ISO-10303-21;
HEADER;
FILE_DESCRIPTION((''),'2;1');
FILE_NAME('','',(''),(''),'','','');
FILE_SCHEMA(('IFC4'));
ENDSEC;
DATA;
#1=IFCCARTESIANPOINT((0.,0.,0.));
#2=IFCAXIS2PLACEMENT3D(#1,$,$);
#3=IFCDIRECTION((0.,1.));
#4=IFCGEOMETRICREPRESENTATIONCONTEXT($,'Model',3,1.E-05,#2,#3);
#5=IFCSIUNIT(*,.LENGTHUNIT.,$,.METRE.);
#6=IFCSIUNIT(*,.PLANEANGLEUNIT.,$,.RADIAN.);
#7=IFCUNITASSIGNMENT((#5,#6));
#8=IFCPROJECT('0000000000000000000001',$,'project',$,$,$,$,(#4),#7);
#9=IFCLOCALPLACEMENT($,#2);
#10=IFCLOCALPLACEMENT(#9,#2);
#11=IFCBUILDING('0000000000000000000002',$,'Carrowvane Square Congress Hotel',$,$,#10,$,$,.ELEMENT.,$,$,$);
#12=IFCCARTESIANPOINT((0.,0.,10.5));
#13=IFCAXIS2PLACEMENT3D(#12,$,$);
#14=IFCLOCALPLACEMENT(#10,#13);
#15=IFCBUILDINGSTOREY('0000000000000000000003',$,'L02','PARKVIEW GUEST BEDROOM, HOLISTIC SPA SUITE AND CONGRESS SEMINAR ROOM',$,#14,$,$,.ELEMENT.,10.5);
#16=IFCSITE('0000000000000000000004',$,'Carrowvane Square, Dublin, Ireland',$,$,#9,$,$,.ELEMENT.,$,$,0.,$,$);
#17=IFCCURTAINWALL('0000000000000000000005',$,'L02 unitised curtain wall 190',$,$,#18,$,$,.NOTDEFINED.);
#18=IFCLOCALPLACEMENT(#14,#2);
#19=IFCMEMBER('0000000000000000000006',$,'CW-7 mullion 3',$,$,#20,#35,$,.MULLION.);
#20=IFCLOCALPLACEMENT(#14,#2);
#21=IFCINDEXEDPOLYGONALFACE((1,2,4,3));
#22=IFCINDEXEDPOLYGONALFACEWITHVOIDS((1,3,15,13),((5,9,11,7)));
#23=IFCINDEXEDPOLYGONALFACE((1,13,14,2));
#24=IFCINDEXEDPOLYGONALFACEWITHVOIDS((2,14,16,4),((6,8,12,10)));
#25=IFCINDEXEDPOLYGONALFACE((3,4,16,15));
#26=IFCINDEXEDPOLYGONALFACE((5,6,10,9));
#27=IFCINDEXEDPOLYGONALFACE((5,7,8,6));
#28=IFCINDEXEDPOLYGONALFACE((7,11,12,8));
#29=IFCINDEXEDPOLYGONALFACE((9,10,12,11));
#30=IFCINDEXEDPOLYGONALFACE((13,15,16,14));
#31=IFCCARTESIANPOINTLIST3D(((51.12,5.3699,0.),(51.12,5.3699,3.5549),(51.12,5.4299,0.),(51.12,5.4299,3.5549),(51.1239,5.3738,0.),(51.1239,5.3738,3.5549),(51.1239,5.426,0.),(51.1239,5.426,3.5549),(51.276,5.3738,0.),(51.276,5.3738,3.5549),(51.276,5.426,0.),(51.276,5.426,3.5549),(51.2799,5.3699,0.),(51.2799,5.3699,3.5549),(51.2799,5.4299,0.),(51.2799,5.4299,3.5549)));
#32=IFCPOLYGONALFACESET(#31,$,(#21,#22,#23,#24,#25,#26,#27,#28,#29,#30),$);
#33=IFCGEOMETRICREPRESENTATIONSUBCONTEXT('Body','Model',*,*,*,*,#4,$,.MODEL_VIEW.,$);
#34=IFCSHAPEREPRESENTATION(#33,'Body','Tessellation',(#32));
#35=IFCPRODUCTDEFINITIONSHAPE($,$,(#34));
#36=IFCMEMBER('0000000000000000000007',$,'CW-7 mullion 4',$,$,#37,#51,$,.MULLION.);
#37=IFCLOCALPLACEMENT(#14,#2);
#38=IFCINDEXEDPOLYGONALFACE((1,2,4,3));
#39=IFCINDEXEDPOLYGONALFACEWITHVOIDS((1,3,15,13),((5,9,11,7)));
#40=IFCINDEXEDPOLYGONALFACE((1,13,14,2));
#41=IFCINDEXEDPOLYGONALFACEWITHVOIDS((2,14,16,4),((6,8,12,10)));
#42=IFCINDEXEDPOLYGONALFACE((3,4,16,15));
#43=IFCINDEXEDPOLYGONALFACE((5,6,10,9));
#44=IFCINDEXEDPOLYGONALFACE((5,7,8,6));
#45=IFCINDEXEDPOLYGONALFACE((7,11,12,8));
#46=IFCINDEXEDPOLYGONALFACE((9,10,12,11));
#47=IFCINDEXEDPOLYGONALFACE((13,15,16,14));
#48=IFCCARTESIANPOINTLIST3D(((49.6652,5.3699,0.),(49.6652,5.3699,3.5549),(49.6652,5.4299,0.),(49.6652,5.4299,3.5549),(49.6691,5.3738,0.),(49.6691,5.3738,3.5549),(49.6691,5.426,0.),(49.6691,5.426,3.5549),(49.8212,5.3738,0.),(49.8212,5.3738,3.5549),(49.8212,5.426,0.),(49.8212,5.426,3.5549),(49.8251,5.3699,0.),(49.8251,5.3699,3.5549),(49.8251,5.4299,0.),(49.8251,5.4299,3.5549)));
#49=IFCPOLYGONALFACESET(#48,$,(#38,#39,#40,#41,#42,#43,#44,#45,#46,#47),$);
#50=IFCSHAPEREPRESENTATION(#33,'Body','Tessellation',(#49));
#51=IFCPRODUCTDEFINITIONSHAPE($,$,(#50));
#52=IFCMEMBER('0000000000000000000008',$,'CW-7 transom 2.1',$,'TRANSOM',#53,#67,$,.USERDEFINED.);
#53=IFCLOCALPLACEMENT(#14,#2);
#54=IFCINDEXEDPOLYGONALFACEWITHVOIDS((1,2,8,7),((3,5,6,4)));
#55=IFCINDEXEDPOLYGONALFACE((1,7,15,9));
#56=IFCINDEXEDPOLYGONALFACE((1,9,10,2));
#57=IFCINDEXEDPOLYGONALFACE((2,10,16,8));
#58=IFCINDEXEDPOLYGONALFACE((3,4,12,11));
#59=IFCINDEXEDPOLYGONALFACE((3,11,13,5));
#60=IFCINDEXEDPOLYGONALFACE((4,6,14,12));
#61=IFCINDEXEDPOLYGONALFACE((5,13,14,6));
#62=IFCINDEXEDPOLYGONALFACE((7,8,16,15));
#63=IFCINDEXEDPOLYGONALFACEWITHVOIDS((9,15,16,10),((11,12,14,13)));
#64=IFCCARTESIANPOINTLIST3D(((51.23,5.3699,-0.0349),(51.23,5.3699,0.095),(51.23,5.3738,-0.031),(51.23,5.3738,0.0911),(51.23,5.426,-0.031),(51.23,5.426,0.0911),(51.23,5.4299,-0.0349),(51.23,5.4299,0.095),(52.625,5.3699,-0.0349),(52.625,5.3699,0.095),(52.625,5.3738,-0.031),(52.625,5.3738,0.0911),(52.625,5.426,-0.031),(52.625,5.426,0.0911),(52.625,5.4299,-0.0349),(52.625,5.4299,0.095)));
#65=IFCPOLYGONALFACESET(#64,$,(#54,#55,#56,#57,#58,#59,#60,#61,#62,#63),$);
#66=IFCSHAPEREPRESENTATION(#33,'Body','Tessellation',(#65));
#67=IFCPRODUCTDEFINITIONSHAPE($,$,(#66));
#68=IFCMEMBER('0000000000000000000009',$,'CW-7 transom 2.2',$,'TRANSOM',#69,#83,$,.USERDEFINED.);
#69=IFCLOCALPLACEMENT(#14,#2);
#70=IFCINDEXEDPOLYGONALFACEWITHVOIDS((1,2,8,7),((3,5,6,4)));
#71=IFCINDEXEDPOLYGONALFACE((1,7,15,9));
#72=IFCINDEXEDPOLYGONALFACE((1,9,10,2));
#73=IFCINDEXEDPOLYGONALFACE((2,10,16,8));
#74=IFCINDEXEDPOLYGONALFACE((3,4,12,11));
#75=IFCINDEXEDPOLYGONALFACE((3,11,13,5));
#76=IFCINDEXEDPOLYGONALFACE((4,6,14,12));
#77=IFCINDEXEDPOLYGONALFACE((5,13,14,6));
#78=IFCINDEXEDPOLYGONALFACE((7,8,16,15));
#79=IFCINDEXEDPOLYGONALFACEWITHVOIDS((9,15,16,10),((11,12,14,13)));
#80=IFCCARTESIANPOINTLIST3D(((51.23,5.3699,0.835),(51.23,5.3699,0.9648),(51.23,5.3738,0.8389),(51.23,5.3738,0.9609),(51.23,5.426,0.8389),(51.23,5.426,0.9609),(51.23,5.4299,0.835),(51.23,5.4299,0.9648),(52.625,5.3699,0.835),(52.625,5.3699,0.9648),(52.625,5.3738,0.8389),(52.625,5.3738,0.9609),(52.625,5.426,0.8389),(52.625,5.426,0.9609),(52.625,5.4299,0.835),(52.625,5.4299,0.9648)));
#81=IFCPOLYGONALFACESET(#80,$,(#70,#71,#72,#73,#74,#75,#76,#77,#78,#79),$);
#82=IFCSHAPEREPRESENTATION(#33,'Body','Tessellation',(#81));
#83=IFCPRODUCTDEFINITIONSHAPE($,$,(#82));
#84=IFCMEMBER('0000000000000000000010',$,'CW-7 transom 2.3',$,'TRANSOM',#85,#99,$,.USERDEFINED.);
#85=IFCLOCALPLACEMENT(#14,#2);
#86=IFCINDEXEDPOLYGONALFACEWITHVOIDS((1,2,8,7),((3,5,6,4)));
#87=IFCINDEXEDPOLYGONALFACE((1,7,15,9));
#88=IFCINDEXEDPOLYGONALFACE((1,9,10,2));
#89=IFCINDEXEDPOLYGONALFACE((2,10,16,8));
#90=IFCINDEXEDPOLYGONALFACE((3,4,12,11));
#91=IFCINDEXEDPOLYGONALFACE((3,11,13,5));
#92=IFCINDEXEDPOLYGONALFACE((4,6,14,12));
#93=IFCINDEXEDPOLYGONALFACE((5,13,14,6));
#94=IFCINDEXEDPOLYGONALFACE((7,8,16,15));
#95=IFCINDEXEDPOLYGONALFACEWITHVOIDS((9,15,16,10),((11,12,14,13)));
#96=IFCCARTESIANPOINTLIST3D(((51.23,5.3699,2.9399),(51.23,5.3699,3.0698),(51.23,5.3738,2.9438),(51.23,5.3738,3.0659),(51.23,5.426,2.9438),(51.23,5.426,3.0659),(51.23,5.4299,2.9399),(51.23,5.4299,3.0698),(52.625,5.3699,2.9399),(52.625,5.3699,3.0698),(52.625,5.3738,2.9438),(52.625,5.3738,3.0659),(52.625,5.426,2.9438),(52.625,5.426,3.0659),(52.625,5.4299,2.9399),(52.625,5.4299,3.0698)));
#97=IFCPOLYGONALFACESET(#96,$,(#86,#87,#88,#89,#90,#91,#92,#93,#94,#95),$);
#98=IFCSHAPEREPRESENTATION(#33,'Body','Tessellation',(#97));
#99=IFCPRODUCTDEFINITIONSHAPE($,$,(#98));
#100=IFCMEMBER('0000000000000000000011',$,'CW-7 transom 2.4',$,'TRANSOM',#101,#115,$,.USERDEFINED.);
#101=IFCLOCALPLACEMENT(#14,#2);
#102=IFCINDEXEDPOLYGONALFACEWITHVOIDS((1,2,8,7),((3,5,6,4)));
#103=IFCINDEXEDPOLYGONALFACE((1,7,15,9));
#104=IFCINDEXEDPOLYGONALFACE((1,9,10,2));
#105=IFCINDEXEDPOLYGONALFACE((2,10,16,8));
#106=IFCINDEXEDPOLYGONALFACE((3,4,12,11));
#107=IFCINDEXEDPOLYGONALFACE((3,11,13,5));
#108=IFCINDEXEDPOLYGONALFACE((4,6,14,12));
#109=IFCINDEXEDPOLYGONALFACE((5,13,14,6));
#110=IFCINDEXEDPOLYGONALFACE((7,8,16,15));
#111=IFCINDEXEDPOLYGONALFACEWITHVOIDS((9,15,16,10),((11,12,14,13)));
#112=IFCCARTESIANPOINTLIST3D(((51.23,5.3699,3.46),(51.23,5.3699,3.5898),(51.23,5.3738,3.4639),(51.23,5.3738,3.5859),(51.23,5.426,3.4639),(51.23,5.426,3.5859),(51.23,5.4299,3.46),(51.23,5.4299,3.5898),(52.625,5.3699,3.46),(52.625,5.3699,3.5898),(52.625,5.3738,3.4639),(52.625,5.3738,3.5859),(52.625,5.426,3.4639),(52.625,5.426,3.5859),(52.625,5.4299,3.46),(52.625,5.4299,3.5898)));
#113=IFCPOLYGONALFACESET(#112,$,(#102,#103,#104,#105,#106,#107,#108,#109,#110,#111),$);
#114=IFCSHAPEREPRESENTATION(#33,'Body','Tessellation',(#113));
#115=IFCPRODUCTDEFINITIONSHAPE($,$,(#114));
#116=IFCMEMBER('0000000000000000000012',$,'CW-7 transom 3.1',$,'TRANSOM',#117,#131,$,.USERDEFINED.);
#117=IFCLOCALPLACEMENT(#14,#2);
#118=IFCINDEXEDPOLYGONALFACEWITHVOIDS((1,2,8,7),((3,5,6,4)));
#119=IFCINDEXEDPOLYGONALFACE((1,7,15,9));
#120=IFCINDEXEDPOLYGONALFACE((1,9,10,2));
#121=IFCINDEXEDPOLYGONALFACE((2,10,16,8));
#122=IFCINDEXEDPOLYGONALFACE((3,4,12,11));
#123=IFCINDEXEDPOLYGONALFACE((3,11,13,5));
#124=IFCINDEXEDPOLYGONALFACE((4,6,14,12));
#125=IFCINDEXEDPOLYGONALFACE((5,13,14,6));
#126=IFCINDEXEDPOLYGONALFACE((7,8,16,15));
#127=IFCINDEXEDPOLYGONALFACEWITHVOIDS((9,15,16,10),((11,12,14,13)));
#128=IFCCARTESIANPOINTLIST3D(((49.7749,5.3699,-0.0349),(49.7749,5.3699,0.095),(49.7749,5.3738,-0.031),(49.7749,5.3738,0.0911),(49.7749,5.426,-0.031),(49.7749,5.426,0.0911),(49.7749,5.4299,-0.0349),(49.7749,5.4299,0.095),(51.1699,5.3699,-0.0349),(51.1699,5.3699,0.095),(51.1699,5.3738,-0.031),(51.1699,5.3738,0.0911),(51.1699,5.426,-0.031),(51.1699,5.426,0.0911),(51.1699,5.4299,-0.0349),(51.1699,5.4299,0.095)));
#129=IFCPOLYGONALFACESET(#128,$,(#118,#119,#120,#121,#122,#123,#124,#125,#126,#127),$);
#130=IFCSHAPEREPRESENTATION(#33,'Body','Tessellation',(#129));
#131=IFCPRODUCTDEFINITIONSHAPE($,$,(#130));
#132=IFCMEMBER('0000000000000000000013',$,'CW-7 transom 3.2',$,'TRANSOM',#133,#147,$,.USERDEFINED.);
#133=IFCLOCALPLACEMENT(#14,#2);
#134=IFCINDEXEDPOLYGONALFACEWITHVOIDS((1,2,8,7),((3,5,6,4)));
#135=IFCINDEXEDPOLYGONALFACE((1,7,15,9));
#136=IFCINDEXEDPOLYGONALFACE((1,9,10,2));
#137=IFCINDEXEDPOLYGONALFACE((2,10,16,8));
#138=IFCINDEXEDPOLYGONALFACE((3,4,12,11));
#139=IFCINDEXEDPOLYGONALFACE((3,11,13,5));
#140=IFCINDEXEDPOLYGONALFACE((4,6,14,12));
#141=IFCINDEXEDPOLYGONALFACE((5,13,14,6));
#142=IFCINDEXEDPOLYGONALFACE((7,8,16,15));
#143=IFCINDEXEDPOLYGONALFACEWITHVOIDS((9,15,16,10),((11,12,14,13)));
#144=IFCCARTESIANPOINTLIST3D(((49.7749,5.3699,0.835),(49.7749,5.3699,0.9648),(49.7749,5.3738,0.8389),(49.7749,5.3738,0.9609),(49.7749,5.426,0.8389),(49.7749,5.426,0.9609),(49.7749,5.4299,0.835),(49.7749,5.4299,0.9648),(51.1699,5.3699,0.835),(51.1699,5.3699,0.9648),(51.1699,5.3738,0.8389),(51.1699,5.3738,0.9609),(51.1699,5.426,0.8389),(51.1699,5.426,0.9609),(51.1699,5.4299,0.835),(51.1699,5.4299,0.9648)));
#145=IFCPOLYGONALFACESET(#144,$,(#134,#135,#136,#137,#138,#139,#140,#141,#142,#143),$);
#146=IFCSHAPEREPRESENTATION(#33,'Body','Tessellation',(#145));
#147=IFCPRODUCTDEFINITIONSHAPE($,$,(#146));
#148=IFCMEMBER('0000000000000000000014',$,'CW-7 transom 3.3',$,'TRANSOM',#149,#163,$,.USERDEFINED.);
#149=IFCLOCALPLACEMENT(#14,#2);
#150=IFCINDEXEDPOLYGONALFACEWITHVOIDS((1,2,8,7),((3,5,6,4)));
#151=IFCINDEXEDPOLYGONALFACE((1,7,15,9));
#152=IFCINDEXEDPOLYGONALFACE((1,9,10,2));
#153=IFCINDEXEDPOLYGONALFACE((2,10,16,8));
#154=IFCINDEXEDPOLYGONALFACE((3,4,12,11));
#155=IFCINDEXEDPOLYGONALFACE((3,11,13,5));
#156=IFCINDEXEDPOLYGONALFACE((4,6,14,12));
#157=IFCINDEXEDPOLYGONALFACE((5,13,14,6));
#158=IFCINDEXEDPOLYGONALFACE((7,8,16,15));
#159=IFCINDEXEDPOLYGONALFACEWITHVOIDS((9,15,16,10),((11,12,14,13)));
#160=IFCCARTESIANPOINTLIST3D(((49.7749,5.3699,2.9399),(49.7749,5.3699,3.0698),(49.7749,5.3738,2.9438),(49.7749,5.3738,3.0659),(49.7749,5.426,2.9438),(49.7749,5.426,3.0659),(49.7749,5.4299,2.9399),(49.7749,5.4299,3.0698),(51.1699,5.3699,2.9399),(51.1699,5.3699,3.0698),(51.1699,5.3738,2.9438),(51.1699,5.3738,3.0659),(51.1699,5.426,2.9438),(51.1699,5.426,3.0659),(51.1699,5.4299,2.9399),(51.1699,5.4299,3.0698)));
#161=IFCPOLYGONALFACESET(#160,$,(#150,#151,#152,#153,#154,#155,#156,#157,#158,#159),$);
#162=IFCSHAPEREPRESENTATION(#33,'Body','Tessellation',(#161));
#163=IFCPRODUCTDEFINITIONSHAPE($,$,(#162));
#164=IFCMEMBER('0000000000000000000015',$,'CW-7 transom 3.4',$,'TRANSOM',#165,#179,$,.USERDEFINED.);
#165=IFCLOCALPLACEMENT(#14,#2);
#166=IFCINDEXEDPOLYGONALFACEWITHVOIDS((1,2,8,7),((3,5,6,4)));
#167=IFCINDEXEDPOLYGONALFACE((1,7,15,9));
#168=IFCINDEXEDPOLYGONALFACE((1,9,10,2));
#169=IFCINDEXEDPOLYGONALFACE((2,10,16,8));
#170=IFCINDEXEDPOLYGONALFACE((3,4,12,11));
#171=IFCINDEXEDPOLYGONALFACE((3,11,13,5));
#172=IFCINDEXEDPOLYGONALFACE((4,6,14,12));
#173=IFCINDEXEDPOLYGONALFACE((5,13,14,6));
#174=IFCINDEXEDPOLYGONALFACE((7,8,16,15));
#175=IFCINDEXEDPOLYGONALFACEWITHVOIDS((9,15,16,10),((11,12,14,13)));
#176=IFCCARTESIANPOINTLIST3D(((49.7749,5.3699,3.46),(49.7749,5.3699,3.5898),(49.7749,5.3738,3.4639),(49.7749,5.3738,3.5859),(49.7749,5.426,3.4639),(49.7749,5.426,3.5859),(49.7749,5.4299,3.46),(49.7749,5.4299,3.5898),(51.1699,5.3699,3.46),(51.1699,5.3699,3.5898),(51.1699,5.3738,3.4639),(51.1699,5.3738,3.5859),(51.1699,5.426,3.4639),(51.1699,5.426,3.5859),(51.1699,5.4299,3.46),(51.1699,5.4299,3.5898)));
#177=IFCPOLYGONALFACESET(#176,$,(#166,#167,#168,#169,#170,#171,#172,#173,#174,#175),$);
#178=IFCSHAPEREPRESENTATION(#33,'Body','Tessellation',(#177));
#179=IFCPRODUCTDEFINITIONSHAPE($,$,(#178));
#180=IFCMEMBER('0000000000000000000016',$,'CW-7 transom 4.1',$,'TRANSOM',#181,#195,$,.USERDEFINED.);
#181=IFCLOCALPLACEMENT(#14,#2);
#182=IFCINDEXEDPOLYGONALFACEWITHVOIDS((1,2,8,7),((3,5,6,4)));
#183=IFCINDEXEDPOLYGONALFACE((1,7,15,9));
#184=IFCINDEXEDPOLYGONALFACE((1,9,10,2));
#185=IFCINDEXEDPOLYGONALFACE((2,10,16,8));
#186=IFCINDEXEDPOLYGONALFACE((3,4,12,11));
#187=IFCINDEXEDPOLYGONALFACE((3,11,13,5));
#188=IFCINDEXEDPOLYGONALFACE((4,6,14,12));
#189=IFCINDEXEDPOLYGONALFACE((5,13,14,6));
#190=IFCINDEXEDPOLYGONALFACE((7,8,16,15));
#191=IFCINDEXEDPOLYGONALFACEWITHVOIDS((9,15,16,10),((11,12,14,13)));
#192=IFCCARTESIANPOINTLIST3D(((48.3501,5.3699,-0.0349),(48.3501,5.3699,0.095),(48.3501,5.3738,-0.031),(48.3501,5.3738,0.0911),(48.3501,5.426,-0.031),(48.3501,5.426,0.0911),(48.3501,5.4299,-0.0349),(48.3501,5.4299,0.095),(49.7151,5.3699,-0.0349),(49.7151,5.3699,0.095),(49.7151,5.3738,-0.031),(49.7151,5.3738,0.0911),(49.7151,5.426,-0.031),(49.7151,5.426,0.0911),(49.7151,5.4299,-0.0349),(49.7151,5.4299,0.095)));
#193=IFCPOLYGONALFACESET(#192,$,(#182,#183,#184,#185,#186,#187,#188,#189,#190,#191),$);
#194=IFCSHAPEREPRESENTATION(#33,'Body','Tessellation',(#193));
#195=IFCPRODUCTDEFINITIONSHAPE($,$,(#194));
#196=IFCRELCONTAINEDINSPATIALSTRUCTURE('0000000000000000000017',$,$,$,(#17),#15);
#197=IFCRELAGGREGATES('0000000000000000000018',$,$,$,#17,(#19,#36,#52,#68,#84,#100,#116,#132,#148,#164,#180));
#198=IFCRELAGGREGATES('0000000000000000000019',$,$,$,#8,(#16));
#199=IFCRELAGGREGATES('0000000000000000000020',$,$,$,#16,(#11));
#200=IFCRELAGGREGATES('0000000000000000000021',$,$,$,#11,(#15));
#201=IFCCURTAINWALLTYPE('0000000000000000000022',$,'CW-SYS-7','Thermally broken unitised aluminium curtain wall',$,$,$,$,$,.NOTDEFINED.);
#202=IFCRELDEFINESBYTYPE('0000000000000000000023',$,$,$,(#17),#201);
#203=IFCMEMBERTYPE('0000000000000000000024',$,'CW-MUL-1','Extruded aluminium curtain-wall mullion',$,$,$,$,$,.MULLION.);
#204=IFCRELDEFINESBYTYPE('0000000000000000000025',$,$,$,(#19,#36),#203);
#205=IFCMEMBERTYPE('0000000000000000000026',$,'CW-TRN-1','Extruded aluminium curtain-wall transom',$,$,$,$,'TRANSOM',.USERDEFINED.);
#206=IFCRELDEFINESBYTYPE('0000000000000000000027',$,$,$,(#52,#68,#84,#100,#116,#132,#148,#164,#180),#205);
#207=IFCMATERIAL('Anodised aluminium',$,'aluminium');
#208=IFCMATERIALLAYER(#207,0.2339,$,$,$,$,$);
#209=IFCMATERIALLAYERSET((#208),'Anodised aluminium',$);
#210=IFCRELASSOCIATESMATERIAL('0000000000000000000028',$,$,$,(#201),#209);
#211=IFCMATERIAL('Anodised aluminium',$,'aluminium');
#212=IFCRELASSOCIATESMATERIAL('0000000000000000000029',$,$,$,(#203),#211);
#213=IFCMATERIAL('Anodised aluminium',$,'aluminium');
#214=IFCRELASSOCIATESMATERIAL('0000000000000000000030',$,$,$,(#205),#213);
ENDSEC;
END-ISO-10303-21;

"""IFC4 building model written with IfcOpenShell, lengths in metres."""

from ifc_helpers import new_model, si_unit, direction, frame, origin, origin_2d, place, context, subcontext, project, spatial, hollow_rectangle, extrude, material, layer, layer_set, material_profile, profile_set, type_object, element, aggregate, save


model = new_model("IFC4")

# Units and contexts
model_context = context("Model", 3, precision=1e-05, world=origin(), true_north=direction((0.0, 1.0)))
body_context = subcontext(model_context, "Body", "Model", "MODEL_VIEW")
ifc_project = project(units=[si_unit("LENGTHUNIT", "METRE"), si_unit("PLANEANGLEUNIT", "RADIAN")], contexts=[model_context])

# Site, building, storey
site_placement = place(None, origin())
site = spatial("IfcSite", under=ifc_project, at=site_placement, Name="Carrowvane Square, Dublin, Ireland", CompositionType="ELEMENT", RefElevation=0.0)
building_placement = place(site_placement, origin())
building = spatial("IfcBuilding", under=site, at=building_placement, Name="Carrowvane Square Congress Hotel", CompositionType="ELEMENT")
storey_placement = place(building_placement, frame((0.0, 0.0, 10.5)))
storey = spatial("IfcBuildingStorey", under=building, at=storey_placement, Name="L02", Description="PARKVIEW GUEST BEDROOM, HOLISTIC SPA SUITE AND CONGRESS SEMINAR ROOM", CompositionType="ELEMENT", Elevation=10.5)

# Curtain wall, members
ifc_material_1 = material(Name="Anodised aluminium", Category="aluminium")
ifc_layer_1 = layer(ifc_material_1, 0.2339)
ifc_layer_set_1 = layer_set([ifc_layer_1], Name="Anodised aluminium")
curtain_wall_type = type_object("IfcCurtainWallType", Name="CW-SYS-7", Description="Thermally broken unitised aluminium curtain wall", PredefinedType="NOTDEFINED", material=ifc_layer_set_1)
curtain_wall_placement = place(storey_placement, origin())
curtain_wall = element("IfcCurtainWall", 1, at=curtain_wall_placement, inside=storey, type_object=curtain_wall_type, Name="L02 unitised curtain wall 190", PredefinedType="NOTDEFINED")
ifc_material_2 = material(Name="Anodised aluminium", Category="aluminium")
ifc_material_profile_1 = material_profile(ifc_material_2, hollow_rectangle(XDim=0.0601, YDim=0.1599, WallThickness=0.0039, at=origin_2d()), Name="CW-ML 60x160x4")
ifc_profile_set_1 = profile_set([ifc_material_profile_1], Name="Anodised aluminium")
member_type_1 = type_object("IfcMemberType", Name="CW-MUL-1", Description="Extruded aluminium curtain-wall mullion", PredefinedType="MULLION", material=ifc_profile_set_1)
member_1_placement = place(storey_placement, frame((51.2, 5.3999, 0.0), z_axis=(0.0, 0.0, 1.0), x_axis=(0.0, -1.0, 0.0)))
member_1 = element("IfcMember", 2, at=member_1_placement, type_object=member_type_1, Name="CW-7 mullion 3", PredefinedType="MULLION", context=body_context, shape_type="SweptSolid", body=[
    extrude(hollow_rectangle(XDim=0.0601, YDim=0.1599, WallThickness=0.0039, at=origin_2d()), origin(), (0.0, 0.0, 1.0), 3.5549),
])
member_2_placement = place(storey_placement, frame((49.7451, 5.3999, 0.0), z_axis=(0.0, 0.0, 1.0), x_axis=(0.0, -1.0, 0.0)))
member_2 = element("IfcMember", 3, at=member_2_placement, type_object=member_type_1, Name="CW-7 mullion 4", PredefinedType="MULLION", context=body_context, shape_type="SweptSolid", body=[
    extrude(hollow_rectangle(XDim=0.0601, YDim=0.1599, WallThickness=0.0039, at=origin_2d()), origin(), (0.0, 0.0, 1.0), 3.5549),
])
ifc_material_3 = material(Name="Anodised aluminium", Category="aluminium")
ifc_material_profile_2 = material_profile(ifc_material_3, hollow_rectangle(XDim=0.0601, YDim=0.1299, WallThickness=0.0039, at=origin_2d()), Name="CW-TR 60x130x4")
ifc_profile_set_2 = profile_set([ifc_material_profile_2], Name="Anodised aluminium")
member_type_2 = type_object("IfcMemberType", Name="CW-TRN-1", Description="Extruded aluminium curtain-wall transom", ElementType="TRANSOM", PredefinedType="USERDEFINED", material=ifc_profile_set_2)
member_3_placement = place(storey_placement, frame((52.625, 5.3999, 0.03), z_axis=(-1.0, 0.0, 0.0), x_axis=(0.0, -1.0, 0.0)))
member_3 = element("IfcMember", 4, at=member_3_placement, type_object=member_type_2, Name="CW-7 transom 2.1", ObjectType="TRANSOM", PredefinedType="USERDEFINED", context=body_context, shape_type="SweptSolid", body=[
    extrude(hollow_rectangle(XDim=0.0601, YDim=0.1299, WallThickness=0.0039, at=origin_2d()), origin(), (0.0, 0.0, 1.0), 1.395),
])
member_4_placement = place(storey_placement, frame((52.625, 5.3999, 0.8999), z_axis=(-1.0, 0.0, 0.0), x_axis=(0.0, -1.0, 0.0)))
member_4 = element("IfcMember", 5, at=member_4_placement, type_object=member_type_2, Name="CW-7 transom 2.2", ObjectType="TRANSOM", PredefinedType="USERDEFINED", context=body_context, shape_type="SweptSolid", body=[
    extrude(hollow_rectangle(XDim=0.0601, YDim=0.1299, WallThickness=0.0039, at=origin_2d()), origin(), (0.0, 0.0, 1.0), 1.395),
])
member_5_placement = place(storey_placement, frame((52.625, 5.3999, 3.0049), z_axis=(-1.0, 0.0, 0.0), x_axis=(0.0, -1.0, 0.0)))
member_5 = element("IfcMember", 6, at=member_5_placement, type_object=member_type_2, Name="CW-7 transom 2.3", ObjectType="TRANSOM", PredefinedType="USERDEFINED", context=body_context, shape_type="SweptSolid", body=[
    extrude(hollow_rectangle(XDim=0.0601, YDim=0.1299, WallThickness=0.0039, at=origin_2d()), origin(), (0.0, 0.0, 1.0), 1.395),
])
member_6_placement = place(storey_placement, frame((52.625, 5.3999, 3.5249), z_axis=(-1.0, 0.0, 0.0), x_axis=(0.0, -1.0, 0.0)))
member_6 = element("IfcMember", 7, at=member_6_placement, type_object=member_type_2, Name="CW-7 transom 2.4", ObjectType="TRANSOM", PredefinedType="USERDEFINED", context=body_context, shape_type="SweptSolid", body=[
    extrude(hollow_rectangle(XDim=0.0601, YDim=0.1299, WallThickness=0.0039, at=origin_2d()), origin(), (0.0, 0.0, 1.0), 1.395),
])
member_7_placement = place(storey_placement, frame((51.1699, 5.3999, 0.03), z_axis=(-1.0, 0.0, 0.0), x_axis=(0.0, -1.0, 0.0)))
member_7 = element("IfcMember", 8, at=member_7_placement, type_object=member_type_2, Name="CW-7 transom 3.1", ObjectType="TRANSOM", PredefinedType="USERDEFINED", context=body_context, shape_type="SweptSolid", body=[
    extrude(hollow_rectangle(XDim=0.0601, YDim=0.1299, WallThickness=0.0039, at=origin_2d()), origin(), (0.0, 0.0, 1.0), 1.395),
])
member_8_placement = place(storey_placement, frame((51.1699, 5.3999, 0.8999), z_axis=(-1.0, 0.0, 0.0), x_axis=(0.0, -1.0, 0.0)))
member_8 = element("IfcMember", 9, at=member_8_placement, type_object=member_type_2, Name="CW-7 transom 3.2", ObjectType="TRANSOM", PredefinedType="USERDEFINED", context=body_context, shape_type="SweptSolid", body=[
    extrude(hollow_rectangle(XDim=0.0601, YDim=0.1299, WallThickness=0.0039, at=origin_2d()), origin(), (0.0, 0.0, 1.0), 1.395),
])
member_9_placement = place(storey_placement, frame((51.1699, 5.3999, 3.0049), z_axis=(-1.0, 0.0, 0.0), x_axis=(0.0, -1.0, 0.0)))
member_9 = element("IfcMember", 10, at=member_9_placement, type_object=member_type_2, Name="CW-7 transom 3.3", ObjectType="TRANSOM", PredefinedType="USERDEFINED", context=body_context, shape_type="SweptSolid", body=[
    extrude(hollow_rectangle(XDim=0.0601, YDim=0.1299, WallThickness=0.0039, at=origin_2d()), origin(), (0.0, 0.0, 1.0), 1.395),
])
member_10_placement = place(storey_placement, frame((51.1699, 5.3999, 3.5249), z_axis=(-1.0, 0.0, 0.0), x_axis=(0.0, -1.0, 0.0)))
member_10 = element("IfcMember", 11, at=member_10_placement, type_object=member_type_2, Name="CW-7 transom 3.4", ObjectType="TRANSOM", PredefinedType="USERDEFINED", context=body_context, shape_type="SweptSolid", body=[
    extrude(hollow_rectangle(XDim=0.0601, YDim=0.1299, WallThickness=0.0039, at=origin_2d()), origin(), (0.0, 0.0, 1.0), 1.395),
])
member_11_placement = place(storey_placement, frame((49.7151, 5.3999, 0.03), z_axis=(-1.0, 0.0, 0.0), x_axis=(0.0, -1.0, 0.0)))
member_11 = element("IfcMember", 12, at=member_11_placement, type_object=member_type_2, Name="CW-7 transom 4.1", ObjectType="TRANSOM", PredefinedType="USERDEFINED", context=body_context, shape_type="SweptSolid", body=[
    extrude(hollow_rectangle(XDim=0.0601, YDim=0.1299, WallThickness=0.0039, at=origin_2d()), origin(), (0.0, 0.0, 1.0), 1.365),
])
aggregate(curtain_wall, [member_1, member_2, member_3, member_4, member_5, member_6, member_7, member_8, member_9, member_10, member_11])

save(model, "model.ifc")
